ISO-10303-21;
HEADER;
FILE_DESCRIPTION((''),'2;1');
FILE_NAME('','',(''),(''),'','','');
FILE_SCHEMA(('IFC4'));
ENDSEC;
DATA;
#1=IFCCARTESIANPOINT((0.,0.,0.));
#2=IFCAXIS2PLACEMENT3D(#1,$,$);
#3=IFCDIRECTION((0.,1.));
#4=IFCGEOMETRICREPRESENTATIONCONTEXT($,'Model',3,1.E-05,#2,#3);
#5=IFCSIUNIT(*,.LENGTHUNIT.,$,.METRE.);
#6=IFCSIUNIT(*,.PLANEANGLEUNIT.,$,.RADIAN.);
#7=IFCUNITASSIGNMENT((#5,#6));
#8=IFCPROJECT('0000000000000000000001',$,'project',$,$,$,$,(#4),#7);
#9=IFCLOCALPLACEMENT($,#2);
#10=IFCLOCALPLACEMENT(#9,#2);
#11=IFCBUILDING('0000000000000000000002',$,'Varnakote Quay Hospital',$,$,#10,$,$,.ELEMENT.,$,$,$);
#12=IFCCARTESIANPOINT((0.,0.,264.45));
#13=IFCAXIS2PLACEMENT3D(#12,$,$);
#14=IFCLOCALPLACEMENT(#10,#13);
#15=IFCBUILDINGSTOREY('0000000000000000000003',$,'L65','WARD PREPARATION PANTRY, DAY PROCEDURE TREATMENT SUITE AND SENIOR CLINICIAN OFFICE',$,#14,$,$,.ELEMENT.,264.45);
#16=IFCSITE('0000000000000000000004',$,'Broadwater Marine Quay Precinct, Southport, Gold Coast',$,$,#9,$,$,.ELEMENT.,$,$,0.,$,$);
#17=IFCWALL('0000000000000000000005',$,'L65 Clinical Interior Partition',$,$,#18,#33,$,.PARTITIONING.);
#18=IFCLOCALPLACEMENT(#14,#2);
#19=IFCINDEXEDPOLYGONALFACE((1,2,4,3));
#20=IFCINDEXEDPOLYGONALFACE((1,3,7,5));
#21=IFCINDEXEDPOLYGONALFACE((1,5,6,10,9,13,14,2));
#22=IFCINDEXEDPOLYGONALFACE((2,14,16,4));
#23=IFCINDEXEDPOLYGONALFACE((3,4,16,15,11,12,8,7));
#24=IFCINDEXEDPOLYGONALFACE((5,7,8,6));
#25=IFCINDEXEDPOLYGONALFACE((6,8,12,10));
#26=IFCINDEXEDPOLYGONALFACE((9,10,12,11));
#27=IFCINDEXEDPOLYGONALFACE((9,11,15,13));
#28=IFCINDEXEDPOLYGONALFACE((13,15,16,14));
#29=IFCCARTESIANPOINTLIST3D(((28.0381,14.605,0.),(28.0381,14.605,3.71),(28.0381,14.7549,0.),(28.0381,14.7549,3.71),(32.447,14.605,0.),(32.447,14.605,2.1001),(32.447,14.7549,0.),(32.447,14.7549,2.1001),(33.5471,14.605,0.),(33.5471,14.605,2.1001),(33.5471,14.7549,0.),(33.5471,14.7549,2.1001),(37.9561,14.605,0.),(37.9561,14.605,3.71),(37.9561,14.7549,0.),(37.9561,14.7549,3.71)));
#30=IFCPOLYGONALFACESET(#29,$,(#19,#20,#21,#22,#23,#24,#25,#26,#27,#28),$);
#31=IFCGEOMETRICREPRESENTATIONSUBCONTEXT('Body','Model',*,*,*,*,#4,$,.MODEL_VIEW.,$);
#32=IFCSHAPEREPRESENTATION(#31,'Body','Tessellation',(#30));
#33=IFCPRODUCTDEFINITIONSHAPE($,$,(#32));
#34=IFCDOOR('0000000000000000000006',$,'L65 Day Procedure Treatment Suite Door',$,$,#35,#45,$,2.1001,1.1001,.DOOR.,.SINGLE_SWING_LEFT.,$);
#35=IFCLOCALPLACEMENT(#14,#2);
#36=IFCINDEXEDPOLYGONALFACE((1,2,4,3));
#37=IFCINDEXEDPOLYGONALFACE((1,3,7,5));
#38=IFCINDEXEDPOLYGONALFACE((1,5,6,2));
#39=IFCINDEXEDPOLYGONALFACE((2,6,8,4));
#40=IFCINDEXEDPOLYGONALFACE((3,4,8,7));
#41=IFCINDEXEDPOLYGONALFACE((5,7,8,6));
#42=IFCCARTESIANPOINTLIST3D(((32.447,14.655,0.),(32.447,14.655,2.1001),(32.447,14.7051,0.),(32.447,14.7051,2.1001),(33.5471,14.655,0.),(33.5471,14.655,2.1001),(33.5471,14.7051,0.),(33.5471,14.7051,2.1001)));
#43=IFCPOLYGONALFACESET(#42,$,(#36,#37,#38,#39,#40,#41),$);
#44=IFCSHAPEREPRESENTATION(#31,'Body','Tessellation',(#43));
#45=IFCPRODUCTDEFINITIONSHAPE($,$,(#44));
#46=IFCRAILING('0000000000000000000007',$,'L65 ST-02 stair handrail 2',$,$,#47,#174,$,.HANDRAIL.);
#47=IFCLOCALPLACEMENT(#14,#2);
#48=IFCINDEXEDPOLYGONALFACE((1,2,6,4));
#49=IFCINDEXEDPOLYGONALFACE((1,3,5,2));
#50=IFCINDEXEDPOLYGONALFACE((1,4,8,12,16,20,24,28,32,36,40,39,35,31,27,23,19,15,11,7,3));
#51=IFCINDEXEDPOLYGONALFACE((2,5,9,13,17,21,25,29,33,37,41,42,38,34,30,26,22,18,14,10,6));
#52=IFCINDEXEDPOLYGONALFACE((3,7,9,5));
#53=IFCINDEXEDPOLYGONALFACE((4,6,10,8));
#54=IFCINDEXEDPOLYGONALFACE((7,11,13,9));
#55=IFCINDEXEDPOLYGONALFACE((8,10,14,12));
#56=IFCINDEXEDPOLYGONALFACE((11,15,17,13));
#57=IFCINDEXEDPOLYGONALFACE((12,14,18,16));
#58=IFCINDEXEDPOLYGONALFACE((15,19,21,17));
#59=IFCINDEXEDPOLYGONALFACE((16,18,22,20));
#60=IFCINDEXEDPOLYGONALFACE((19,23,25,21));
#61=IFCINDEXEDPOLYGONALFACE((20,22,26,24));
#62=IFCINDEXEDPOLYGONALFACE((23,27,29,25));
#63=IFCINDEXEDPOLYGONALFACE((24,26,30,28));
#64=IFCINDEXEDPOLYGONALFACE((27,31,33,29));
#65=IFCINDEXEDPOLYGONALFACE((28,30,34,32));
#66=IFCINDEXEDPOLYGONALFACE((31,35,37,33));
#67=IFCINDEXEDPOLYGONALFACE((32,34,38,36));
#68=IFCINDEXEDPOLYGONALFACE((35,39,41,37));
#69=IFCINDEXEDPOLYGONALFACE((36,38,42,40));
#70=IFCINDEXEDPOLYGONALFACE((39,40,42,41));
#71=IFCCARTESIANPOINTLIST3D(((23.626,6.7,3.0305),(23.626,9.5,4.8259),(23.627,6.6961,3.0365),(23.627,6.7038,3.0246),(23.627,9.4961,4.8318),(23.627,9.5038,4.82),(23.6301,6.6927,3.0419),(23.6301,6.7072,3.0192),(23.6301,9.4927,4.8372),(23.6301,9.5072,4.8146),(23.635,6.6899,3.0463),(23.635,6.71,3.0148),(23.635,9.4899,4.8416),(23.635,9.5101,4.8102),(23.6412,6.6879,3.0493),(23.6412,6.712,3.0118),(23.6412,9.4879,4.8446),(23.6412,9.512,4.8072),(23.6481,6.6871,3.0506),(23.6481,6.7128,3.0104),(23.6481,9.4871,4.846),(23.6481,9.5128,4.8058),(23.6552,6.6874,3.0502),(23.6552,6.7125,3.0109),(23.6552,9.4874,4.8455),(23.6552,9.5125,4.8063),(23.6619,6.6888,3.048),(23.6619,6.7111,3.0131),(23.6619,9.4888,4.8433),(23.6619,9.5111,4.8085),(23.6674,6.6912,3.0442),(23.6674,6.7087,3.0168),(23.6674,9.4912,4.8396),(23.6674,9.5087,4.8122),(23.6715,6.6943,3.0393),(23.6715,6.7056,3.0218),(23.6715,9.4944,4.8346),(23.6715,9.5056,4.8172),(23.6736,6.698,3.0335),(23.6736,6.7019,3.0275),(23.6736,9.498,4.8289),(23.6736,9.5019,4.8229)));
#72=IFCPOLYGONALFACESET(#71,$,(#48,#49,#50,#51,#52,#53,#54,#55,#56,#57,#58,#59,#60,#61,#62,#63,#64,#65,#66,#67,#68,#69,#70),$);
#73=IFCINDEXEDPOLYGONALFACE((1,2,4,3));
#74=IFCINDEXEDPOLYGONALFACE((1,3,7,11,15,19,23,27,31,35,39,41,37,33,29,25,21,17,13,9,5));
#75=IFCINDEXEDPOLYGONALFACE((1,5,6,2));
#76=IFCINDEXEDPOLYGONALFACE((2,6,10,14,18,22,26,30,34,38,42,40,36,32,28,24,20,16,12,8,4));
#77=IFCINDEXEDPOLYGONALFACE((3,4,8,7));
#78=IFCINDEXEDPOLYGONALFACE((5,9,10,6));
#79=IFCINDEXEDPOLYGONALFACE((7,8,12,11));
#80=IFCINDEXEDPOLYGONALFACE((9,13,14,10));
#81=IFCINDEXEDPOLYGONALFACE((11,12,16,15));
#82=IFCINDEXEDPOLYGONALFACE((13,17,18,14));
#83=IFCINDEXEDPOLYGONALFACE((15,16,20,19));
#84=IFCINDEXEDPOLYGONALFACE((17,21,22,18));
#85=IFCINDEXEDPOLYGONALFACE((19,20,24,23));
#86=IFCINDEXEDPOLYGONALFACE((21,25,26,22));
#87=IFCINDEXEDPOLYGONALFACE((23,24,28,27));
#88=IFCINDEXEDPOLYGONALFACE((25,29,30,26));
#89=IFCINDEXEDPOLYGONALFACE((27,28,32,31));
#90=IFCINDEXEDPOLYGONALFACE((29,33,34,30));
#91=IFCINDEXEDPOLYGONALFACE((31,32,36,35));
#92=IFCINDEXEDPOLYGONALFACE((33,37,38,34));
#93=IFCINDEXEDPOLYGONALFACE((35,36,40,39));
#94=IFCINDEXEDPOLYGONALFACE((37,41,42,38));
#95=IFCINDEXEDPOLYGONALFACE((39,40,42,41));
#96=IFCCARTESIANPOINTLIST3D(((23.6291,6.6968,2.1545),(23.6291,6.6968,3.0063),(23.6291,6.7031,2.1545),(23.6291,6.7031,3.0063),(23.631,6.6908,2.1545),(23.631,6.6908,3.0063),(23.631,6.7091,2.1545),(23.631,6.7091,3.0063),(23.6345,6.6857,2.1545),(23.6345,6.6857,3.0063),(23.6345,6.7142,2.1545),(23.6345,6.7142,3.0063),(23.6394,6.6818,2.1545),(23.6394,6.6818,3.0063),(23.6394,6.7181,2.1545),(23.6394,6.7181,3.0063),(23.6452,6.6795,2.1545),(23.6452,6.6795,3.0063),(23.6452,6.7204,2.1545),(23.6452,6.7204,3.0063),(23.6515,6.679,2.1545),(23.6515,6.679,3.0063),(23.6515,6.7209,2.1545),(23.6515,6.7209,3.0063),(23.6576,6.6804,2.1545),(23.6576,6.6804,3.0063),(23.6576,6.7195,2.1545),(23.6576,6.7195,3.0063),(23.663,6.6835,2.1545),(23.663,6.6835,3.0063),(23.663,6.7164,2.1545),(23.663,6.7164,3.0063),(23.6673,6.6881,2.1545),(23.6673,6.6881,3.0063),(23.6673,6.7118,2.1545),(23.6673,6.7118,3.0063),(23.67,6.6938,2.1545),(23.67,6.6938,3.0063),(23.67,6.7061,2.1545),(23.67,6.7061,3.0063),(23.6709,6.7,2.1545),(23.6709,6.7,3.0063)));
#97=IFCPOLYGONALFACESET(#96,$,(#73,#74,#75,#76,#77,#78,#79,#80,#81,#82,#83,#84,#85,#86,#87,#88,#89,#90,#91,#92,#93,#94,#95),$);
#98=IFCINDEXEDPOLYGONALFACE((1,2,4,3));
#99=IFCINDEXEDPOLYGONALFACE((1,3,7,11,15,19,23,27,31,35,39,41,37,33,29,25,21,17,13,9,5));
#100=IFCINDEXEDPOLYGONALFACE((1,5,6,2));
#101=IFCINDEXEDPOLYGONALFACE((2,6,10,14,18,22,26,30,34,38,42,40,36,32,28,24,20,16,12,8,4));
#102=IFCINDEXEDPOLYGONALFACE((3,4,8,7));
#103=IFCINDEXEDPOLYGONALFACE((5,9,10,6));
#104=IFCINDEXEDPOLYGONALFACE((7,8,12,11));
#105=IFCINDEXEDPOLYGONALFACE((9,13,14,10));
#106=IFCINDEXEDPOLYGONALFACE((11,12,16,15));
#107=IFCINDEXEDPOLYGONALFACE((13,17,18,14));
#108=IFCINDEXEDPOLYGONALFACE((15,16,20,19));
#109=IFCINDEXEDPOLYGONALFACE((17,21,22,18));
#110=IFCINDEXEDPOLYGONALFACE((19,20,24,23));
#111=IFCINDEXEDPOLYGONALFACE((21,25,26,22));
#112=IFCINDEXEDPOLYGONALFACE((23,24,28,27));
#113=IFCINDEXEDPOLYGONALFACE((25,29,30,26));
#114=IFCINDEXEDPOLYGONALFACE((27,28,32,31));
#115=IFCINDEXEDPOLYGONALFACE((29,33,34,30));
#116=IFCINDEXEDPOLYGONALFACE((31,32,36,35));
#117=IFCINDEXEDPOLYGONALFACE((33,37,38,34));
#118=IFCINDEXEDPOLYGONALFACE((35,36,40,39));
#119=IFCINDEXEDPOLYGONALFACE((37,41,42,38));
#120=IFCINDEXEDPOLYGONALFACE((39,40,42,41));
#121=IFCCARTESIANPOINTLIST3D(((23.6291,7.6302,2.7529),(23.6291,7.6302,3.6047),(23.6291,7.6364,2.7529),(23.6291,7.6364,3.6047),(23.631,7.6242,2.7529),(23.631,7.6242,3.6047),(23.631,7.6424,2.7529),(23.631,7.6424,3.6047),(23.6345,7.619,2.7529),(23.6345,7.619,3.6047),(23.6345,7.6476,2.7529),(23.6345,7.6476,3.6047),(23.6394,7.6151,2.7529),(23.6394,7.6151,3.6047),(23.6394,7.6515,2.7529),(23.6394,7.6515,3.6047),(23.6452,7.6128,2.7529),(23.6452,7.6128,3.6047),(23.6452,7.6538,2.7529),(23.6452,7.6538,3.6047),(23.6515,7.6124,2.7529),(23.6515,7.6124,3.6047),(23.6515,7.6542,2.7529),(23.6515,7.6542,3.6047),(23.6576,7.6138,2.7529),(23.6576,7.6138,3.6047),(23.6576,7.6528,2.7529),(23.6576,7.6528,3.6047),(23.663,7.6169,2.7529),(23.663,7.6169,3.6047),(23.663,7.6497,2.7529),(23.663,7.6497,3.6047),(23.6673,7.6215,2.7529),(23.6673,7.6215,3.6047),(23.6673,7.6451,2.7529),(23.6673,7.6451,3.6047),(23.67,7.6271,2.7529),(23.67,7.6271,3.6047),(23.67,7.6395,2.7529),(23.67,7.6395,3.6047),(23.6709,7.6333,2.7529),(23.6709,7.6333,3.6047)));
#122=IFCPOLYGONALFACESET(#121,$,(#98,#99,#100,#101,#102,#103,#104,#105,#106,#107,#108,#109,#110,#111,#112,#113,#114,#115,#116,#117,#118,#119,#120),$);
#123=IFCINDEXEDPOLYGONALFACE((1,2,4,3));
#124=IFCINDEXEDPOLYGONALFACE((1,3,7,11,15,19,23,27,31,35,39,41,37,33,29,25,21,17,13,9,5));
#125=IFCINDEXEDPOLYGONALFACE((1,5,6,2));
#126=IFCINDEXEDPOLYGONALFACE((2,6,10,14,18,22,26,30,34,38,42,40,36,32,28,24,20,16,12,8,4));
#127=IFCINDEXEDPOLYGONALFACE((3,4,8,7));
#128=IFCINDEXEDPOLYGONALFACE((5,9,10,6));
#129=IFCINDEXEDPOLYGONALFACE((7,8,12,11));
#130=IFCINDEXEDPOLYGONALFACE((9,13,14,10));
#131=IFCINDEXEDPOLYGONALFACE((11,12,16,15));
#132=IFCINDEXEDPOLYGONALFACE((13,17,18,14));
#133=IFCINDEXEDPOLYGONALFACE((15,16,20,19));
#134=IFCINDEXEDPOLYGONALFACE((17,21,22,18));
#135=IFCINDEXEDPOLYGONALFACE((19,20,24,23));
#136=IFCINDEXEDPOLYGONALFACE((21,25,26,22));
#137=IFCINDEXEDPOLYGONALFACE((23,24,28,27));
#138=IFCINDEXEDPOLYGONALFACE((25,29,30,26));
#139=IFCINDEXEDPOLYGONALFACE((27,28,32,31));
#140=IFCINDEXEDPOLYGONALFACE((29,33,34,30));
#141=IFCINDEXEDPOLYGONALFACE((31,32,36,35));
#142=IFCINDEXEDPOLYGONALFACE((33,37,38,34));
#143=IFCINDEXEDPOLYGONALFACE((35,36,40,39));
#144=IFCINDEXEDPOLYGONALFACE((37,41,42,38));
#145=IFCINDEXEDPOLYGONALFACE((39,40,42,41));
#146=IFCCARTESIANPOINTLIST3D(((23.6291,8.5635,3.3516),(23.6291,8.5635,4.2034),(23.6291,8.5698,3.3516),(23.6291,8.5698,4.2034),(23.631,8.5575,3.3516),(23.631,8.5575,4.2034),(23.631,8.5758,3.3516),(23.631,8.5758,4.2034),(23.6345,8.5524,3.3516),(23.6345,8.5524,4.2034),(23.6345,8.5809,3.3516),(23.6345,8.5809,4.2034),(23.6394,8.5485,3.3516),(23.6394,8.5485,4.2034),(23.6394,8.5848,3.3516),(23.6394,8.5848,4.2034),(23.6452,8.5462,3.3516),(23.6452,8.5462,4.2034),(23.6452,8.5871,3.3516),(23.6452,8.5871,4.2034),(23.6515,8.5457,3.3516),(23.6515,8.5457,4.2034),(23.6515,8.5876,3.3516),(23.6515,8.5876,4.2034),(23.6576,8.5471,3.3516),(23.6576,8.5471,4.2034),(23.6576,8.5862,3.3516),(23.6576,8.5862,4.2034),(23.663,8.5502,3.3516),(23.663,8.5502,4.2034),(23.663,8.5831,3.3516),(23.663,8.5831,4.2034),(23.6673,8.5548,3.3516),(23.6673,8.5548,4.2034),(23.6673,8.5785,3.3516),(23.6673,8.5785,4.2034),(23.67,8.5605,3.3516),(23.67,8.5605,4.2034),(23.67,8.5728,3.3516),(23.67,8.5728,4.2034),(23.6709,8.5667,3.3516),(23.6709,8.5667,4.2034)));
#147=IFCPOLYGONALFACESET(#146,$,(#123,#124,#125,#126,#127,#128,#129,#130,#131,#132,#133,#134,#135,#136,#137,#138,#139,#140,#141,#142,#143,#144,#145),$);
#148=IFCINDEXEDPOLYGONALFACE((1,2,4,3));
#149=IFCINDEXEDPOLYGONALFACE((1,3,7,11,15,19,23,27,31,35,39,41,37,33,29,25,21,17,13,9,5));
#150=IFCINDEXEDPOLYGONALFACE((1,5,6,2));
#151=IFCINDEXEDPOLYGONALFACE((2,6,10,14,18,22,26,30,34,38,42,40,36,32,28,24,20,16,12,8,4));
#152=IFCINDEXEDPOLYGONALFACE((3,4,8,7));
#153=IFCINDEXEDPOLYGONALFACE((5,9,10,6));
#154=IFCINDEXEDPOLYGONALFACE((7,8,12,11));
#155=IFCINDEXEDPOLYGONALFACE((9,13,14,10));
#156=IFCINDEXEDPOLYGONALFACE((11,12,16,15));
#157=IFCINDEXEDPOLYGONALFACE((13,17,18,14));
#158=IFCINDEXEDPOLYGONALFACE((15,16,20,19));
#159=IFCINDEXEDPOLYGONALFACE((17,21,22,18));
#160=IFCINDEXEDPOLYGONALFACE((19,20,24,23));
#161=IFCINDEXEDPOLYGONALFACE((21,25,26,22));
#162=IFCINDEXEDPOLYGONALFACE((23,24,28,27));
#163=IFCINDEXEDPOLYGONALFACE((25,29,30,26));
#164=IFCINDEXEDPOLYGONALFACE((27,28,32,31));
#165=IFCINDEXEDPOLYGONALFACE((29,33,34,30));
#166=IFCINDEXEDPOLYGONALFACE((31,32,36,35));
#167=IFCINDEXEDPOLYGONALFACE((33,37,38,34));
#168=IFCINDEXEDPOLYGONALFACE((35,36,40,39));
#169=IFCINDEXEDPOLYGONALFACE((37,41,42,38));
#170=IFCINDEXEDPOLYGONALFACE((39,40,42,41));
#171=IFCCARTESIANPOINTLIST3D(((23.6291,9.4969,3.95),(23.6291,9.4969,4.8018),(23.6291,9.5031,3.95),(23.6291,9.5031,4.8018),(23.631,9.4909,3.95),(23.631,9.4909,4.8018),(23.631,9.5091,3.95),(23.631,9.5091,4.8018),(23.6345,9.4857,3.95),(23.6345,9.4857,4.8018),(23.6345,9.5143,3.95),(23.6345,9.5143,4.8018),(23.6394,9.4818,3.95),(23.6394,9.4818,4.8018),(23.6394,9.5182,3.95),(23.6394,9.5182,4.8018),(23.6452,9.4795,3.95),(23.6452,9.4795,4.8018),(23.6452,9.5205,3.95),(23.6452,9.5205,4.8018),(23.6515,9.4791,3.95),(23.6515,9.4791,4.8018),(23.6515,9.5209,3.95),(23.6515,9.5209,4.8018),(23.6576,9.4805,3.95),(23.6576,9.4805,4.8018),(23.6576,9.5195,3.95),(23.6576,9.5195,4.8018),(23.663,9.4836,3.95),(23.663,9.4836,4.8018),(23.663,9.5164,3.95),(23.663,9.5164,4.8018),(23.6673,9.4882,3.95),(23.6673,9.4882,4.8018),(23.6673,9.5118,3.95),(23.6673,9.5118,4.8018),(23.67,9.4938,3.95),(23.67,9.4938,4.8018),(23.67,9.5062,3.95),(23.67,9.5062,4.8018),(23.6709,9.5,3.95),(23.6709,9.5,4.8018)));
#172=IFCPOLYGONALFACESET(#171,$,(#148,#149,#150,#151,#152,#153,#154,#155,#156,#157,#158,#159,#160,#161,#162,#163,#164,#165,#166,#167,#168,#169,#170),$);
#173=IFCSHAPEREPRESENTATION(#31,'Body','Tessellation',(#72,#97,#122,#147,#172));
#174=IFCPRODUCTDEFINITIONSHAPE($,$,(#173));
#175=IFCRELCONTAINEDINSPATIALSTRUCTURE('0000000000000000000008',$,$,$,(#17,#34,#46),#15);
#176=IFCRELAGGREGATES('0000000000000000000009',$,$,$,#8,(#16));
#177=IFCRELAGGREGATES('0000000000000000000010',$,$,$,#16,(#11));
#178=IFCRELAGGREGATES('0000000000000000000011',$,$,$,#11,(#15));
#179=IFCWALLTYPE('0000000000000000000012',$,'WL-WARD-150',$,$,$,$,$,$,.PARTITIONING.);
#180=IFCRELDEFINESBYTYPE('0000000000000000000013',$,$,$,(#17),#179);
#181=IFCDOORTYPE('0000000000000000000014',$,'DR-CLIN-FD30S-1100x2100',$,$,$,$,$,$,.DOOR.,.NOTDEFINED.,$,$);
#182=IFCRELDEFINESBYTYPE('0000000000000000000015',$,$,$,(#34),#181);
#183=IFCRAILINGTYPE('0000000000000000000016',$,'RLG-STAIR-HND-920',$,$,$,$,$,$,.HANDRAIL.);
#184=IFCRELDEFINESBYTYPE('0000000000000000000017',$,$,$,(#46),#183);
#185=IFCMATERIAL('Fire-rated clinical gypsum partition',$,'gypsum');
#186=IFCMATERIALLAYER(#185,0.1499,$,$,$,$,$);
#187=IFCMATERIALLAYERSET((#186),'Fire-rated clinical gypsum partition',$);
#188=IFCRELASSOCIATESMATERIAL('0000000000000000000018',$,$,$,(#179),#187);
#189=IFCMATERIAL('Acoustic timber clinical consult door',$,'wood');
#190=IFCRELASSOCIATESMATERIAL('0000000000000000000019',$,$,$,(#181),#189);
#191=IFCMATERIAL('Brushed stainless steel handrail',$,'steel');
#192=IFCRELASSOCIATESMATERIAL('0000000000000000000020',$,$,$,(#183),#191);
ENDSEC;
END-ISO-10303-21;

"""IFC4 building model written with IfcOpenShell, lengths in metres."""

from ifc_helpers import new_model, si_unit, direction, frame, frame_2d, origin, origin_2d, place, context, subcontext, project, spatial, rectangle, circle, extrude, material, layer, layer_set, type_object, element, fill, save


model = new_model("IFC4")

# Units and contexts
model_context = context("Model", 3, precision=1e-05, world=origin(), true_north=direction((0.0, 1.0)))
body_context = subcontext(model_context, "Body", "Model", "MODEL_VIEW")
ifc_project = project(units=[si_unit("LENGTHUNIT", "METRE"), si_unit("PLANEANGLEUNIT", "RADIAN")], contexts=[model_context])

# Site, building, storey
site_placement = place(None, origin())
site = spatial("IfcSite", under=ifc_project, at=site_placement, Name="Broadwater Marine Quay Precinct, Southport, Gold Coast", CompositionType="ELEMENT", RefElevation=0.0)
building_placement = place(site_placement, origin())
building = spatial("IfcBuilding", under=site, at=building_placement, Name="Varnakote Quay Hospital", CompositionType="ELEMENT")
storey_placement = place(building_placement, frame((0.0, 0.0, 264.45)))
storey = spatial("IfcBuildingStorey", under=building, at=storey_placement, Name="L65", Description="WARD PREPARATION PANTRY, DAY PROCEDURE TREATMENT SUITE AND SENIOR CLINICIAN OFFICE", CompositionType="ELEMENT", Elevation=264.45)

# Wall, opening, door
ifc_material_1 = material(Name="Fire-rated clinical gypsum partition", Category="gypsum")
ifc_layer_1 = layer(ifc_material_1, 0.1499)
ifc_layer_set_1 = layer_set([ifc_layer_1], Name="Fire-rated clinical gypsum partition")
wall_type_1 = type_object("IfcWallType", Name="WL-WARD-150", PredefinedType="PARTITIONING", material=ifc_layer_set_1)
ifc_material_2 = material(Name="Acoustic timber clinical consult door", Category="wood")
door_type = type_object("IfcDoorType", Name="DR-CLIN-FD30S-1100x2100", OperationType="NOTDEFINED", PredefinedType="DOOR", material=ifc_material_2)
wall_1_placement = place(storey_placement, frame((37.9561, 14.6799, 0.0), z_axis=(0.0, 0.0, 1.0), x_axis=(-1.0, 0.0, 0.0)))
wall_1 = element("IfcWall", 1, at=wall_1_placement, inside=storey, type_object=wall_type_1, Name="L65 Clinical Interior Partition", PredefinedType="PARTITIONING", context=body_context, shape_type="SweptSolid", body=[
    extrude(rectangle(XDim=9.918, YDim=0.1499, at=frame_2d((4.959, 0.0))), origin(), (0.0, 0.0, 1.0), 3.71),
])
opening_1_placement = place(wall_1_placement, frame((4.4089, 0.0, 0.0)))
opening_1 = element("IfcOpeningElement", 2, at=opening_1_placement, cuts=wall_1, PredefinedType="OPENING", context=body_context, shape_type="SweptSolid", body=[
    extrude(rectangle(XDim=1.1001, YDim=2.1001, at=frame_2d((0.55, 1.05))), frame((0.0, 0.085, 0.0), z_axis=(0.0, -1.0, 0.0), x_axis=(1.0, 0.0, 0.0)), (0.0, 0.0, 1.0), 0.1699),
])
door_1_placement = place(opening_1_placement, origin())
door_1 = element("IfcDoor", 3, at=door_1_placement, inside=storey, type_object=door_type, Name="L65 Day Procedure Treatment Suite Door", OperationType="SINGLE_SWING_LEFT", OverallHeight=2.1001, OverallWidth=1.1001, PredefinedType="DOOR", context=body_context, shape_type="SweptSolid", body=[
    extrude(rectangle(XDim=1.1001, YDim=2.1001, at=frame_2d((0.55, 1.05))), frame((0.0, 0.0249, 0.0), z_axis=(0.0, -1.0, 0.0), x_axis=(1.0, 0.0, 0.0)), (0.0, 0.0, 1.0), 0.05),
])
fill(opening_1, door_1)

# Railing
ifc_material_3 = material(Name="Brushed stainless steel handrail", Category="steel")
railing_type = type_object("IfcRailingType", Name="RLG-STAIR-HND-920", PredefinedType="HANDRAIL", material=ifc_material_3)
railing_placement = place(storey_placement, frame((23.6499, 6.7, 2.1545)))
element("IfcRailing", 4, at=railing_placement, inside=storey, type_object=railing_type, Name="L65 ST-02 stair handrail 2", PredefinedType="HANDRAIL", context=body_context, shape_type="SweptSolid", body=[
    extrude(circle(Radius=0.0239, at=origin_2d()), frame((0.0, 0.0, 0.876), z_axis=(0.0, 0.84181, 0.539774), x_axis=(-1.0, 0.0, 0.0)), (0.0, 0.0, 1.0), 3.3262),
    extrude(circle(Radius=0.021, at=origin_2d()), origin(), (0.0, 0.0, 1.0), 0.8518),
    extrude(circle(Radius=0.021, at=origin_2d()), frame((0.0, 0.9333, 0.5984)), (0.0, 0.0, 1.0), 0.8518),
    extrude(circle(Radius=0.021, at=origin_2d()), frame((0.0, 1.8667, 1.197)), (0.0, 0.0, 1.0), 0.8518),
    extrude(circle(Radius=0.021, at=origin_2d()), frame((0.0, 2.8, 1.7954)), (0.0, 0.0, 1.0), 0.8518),
])

save(model, "model.ifc")
